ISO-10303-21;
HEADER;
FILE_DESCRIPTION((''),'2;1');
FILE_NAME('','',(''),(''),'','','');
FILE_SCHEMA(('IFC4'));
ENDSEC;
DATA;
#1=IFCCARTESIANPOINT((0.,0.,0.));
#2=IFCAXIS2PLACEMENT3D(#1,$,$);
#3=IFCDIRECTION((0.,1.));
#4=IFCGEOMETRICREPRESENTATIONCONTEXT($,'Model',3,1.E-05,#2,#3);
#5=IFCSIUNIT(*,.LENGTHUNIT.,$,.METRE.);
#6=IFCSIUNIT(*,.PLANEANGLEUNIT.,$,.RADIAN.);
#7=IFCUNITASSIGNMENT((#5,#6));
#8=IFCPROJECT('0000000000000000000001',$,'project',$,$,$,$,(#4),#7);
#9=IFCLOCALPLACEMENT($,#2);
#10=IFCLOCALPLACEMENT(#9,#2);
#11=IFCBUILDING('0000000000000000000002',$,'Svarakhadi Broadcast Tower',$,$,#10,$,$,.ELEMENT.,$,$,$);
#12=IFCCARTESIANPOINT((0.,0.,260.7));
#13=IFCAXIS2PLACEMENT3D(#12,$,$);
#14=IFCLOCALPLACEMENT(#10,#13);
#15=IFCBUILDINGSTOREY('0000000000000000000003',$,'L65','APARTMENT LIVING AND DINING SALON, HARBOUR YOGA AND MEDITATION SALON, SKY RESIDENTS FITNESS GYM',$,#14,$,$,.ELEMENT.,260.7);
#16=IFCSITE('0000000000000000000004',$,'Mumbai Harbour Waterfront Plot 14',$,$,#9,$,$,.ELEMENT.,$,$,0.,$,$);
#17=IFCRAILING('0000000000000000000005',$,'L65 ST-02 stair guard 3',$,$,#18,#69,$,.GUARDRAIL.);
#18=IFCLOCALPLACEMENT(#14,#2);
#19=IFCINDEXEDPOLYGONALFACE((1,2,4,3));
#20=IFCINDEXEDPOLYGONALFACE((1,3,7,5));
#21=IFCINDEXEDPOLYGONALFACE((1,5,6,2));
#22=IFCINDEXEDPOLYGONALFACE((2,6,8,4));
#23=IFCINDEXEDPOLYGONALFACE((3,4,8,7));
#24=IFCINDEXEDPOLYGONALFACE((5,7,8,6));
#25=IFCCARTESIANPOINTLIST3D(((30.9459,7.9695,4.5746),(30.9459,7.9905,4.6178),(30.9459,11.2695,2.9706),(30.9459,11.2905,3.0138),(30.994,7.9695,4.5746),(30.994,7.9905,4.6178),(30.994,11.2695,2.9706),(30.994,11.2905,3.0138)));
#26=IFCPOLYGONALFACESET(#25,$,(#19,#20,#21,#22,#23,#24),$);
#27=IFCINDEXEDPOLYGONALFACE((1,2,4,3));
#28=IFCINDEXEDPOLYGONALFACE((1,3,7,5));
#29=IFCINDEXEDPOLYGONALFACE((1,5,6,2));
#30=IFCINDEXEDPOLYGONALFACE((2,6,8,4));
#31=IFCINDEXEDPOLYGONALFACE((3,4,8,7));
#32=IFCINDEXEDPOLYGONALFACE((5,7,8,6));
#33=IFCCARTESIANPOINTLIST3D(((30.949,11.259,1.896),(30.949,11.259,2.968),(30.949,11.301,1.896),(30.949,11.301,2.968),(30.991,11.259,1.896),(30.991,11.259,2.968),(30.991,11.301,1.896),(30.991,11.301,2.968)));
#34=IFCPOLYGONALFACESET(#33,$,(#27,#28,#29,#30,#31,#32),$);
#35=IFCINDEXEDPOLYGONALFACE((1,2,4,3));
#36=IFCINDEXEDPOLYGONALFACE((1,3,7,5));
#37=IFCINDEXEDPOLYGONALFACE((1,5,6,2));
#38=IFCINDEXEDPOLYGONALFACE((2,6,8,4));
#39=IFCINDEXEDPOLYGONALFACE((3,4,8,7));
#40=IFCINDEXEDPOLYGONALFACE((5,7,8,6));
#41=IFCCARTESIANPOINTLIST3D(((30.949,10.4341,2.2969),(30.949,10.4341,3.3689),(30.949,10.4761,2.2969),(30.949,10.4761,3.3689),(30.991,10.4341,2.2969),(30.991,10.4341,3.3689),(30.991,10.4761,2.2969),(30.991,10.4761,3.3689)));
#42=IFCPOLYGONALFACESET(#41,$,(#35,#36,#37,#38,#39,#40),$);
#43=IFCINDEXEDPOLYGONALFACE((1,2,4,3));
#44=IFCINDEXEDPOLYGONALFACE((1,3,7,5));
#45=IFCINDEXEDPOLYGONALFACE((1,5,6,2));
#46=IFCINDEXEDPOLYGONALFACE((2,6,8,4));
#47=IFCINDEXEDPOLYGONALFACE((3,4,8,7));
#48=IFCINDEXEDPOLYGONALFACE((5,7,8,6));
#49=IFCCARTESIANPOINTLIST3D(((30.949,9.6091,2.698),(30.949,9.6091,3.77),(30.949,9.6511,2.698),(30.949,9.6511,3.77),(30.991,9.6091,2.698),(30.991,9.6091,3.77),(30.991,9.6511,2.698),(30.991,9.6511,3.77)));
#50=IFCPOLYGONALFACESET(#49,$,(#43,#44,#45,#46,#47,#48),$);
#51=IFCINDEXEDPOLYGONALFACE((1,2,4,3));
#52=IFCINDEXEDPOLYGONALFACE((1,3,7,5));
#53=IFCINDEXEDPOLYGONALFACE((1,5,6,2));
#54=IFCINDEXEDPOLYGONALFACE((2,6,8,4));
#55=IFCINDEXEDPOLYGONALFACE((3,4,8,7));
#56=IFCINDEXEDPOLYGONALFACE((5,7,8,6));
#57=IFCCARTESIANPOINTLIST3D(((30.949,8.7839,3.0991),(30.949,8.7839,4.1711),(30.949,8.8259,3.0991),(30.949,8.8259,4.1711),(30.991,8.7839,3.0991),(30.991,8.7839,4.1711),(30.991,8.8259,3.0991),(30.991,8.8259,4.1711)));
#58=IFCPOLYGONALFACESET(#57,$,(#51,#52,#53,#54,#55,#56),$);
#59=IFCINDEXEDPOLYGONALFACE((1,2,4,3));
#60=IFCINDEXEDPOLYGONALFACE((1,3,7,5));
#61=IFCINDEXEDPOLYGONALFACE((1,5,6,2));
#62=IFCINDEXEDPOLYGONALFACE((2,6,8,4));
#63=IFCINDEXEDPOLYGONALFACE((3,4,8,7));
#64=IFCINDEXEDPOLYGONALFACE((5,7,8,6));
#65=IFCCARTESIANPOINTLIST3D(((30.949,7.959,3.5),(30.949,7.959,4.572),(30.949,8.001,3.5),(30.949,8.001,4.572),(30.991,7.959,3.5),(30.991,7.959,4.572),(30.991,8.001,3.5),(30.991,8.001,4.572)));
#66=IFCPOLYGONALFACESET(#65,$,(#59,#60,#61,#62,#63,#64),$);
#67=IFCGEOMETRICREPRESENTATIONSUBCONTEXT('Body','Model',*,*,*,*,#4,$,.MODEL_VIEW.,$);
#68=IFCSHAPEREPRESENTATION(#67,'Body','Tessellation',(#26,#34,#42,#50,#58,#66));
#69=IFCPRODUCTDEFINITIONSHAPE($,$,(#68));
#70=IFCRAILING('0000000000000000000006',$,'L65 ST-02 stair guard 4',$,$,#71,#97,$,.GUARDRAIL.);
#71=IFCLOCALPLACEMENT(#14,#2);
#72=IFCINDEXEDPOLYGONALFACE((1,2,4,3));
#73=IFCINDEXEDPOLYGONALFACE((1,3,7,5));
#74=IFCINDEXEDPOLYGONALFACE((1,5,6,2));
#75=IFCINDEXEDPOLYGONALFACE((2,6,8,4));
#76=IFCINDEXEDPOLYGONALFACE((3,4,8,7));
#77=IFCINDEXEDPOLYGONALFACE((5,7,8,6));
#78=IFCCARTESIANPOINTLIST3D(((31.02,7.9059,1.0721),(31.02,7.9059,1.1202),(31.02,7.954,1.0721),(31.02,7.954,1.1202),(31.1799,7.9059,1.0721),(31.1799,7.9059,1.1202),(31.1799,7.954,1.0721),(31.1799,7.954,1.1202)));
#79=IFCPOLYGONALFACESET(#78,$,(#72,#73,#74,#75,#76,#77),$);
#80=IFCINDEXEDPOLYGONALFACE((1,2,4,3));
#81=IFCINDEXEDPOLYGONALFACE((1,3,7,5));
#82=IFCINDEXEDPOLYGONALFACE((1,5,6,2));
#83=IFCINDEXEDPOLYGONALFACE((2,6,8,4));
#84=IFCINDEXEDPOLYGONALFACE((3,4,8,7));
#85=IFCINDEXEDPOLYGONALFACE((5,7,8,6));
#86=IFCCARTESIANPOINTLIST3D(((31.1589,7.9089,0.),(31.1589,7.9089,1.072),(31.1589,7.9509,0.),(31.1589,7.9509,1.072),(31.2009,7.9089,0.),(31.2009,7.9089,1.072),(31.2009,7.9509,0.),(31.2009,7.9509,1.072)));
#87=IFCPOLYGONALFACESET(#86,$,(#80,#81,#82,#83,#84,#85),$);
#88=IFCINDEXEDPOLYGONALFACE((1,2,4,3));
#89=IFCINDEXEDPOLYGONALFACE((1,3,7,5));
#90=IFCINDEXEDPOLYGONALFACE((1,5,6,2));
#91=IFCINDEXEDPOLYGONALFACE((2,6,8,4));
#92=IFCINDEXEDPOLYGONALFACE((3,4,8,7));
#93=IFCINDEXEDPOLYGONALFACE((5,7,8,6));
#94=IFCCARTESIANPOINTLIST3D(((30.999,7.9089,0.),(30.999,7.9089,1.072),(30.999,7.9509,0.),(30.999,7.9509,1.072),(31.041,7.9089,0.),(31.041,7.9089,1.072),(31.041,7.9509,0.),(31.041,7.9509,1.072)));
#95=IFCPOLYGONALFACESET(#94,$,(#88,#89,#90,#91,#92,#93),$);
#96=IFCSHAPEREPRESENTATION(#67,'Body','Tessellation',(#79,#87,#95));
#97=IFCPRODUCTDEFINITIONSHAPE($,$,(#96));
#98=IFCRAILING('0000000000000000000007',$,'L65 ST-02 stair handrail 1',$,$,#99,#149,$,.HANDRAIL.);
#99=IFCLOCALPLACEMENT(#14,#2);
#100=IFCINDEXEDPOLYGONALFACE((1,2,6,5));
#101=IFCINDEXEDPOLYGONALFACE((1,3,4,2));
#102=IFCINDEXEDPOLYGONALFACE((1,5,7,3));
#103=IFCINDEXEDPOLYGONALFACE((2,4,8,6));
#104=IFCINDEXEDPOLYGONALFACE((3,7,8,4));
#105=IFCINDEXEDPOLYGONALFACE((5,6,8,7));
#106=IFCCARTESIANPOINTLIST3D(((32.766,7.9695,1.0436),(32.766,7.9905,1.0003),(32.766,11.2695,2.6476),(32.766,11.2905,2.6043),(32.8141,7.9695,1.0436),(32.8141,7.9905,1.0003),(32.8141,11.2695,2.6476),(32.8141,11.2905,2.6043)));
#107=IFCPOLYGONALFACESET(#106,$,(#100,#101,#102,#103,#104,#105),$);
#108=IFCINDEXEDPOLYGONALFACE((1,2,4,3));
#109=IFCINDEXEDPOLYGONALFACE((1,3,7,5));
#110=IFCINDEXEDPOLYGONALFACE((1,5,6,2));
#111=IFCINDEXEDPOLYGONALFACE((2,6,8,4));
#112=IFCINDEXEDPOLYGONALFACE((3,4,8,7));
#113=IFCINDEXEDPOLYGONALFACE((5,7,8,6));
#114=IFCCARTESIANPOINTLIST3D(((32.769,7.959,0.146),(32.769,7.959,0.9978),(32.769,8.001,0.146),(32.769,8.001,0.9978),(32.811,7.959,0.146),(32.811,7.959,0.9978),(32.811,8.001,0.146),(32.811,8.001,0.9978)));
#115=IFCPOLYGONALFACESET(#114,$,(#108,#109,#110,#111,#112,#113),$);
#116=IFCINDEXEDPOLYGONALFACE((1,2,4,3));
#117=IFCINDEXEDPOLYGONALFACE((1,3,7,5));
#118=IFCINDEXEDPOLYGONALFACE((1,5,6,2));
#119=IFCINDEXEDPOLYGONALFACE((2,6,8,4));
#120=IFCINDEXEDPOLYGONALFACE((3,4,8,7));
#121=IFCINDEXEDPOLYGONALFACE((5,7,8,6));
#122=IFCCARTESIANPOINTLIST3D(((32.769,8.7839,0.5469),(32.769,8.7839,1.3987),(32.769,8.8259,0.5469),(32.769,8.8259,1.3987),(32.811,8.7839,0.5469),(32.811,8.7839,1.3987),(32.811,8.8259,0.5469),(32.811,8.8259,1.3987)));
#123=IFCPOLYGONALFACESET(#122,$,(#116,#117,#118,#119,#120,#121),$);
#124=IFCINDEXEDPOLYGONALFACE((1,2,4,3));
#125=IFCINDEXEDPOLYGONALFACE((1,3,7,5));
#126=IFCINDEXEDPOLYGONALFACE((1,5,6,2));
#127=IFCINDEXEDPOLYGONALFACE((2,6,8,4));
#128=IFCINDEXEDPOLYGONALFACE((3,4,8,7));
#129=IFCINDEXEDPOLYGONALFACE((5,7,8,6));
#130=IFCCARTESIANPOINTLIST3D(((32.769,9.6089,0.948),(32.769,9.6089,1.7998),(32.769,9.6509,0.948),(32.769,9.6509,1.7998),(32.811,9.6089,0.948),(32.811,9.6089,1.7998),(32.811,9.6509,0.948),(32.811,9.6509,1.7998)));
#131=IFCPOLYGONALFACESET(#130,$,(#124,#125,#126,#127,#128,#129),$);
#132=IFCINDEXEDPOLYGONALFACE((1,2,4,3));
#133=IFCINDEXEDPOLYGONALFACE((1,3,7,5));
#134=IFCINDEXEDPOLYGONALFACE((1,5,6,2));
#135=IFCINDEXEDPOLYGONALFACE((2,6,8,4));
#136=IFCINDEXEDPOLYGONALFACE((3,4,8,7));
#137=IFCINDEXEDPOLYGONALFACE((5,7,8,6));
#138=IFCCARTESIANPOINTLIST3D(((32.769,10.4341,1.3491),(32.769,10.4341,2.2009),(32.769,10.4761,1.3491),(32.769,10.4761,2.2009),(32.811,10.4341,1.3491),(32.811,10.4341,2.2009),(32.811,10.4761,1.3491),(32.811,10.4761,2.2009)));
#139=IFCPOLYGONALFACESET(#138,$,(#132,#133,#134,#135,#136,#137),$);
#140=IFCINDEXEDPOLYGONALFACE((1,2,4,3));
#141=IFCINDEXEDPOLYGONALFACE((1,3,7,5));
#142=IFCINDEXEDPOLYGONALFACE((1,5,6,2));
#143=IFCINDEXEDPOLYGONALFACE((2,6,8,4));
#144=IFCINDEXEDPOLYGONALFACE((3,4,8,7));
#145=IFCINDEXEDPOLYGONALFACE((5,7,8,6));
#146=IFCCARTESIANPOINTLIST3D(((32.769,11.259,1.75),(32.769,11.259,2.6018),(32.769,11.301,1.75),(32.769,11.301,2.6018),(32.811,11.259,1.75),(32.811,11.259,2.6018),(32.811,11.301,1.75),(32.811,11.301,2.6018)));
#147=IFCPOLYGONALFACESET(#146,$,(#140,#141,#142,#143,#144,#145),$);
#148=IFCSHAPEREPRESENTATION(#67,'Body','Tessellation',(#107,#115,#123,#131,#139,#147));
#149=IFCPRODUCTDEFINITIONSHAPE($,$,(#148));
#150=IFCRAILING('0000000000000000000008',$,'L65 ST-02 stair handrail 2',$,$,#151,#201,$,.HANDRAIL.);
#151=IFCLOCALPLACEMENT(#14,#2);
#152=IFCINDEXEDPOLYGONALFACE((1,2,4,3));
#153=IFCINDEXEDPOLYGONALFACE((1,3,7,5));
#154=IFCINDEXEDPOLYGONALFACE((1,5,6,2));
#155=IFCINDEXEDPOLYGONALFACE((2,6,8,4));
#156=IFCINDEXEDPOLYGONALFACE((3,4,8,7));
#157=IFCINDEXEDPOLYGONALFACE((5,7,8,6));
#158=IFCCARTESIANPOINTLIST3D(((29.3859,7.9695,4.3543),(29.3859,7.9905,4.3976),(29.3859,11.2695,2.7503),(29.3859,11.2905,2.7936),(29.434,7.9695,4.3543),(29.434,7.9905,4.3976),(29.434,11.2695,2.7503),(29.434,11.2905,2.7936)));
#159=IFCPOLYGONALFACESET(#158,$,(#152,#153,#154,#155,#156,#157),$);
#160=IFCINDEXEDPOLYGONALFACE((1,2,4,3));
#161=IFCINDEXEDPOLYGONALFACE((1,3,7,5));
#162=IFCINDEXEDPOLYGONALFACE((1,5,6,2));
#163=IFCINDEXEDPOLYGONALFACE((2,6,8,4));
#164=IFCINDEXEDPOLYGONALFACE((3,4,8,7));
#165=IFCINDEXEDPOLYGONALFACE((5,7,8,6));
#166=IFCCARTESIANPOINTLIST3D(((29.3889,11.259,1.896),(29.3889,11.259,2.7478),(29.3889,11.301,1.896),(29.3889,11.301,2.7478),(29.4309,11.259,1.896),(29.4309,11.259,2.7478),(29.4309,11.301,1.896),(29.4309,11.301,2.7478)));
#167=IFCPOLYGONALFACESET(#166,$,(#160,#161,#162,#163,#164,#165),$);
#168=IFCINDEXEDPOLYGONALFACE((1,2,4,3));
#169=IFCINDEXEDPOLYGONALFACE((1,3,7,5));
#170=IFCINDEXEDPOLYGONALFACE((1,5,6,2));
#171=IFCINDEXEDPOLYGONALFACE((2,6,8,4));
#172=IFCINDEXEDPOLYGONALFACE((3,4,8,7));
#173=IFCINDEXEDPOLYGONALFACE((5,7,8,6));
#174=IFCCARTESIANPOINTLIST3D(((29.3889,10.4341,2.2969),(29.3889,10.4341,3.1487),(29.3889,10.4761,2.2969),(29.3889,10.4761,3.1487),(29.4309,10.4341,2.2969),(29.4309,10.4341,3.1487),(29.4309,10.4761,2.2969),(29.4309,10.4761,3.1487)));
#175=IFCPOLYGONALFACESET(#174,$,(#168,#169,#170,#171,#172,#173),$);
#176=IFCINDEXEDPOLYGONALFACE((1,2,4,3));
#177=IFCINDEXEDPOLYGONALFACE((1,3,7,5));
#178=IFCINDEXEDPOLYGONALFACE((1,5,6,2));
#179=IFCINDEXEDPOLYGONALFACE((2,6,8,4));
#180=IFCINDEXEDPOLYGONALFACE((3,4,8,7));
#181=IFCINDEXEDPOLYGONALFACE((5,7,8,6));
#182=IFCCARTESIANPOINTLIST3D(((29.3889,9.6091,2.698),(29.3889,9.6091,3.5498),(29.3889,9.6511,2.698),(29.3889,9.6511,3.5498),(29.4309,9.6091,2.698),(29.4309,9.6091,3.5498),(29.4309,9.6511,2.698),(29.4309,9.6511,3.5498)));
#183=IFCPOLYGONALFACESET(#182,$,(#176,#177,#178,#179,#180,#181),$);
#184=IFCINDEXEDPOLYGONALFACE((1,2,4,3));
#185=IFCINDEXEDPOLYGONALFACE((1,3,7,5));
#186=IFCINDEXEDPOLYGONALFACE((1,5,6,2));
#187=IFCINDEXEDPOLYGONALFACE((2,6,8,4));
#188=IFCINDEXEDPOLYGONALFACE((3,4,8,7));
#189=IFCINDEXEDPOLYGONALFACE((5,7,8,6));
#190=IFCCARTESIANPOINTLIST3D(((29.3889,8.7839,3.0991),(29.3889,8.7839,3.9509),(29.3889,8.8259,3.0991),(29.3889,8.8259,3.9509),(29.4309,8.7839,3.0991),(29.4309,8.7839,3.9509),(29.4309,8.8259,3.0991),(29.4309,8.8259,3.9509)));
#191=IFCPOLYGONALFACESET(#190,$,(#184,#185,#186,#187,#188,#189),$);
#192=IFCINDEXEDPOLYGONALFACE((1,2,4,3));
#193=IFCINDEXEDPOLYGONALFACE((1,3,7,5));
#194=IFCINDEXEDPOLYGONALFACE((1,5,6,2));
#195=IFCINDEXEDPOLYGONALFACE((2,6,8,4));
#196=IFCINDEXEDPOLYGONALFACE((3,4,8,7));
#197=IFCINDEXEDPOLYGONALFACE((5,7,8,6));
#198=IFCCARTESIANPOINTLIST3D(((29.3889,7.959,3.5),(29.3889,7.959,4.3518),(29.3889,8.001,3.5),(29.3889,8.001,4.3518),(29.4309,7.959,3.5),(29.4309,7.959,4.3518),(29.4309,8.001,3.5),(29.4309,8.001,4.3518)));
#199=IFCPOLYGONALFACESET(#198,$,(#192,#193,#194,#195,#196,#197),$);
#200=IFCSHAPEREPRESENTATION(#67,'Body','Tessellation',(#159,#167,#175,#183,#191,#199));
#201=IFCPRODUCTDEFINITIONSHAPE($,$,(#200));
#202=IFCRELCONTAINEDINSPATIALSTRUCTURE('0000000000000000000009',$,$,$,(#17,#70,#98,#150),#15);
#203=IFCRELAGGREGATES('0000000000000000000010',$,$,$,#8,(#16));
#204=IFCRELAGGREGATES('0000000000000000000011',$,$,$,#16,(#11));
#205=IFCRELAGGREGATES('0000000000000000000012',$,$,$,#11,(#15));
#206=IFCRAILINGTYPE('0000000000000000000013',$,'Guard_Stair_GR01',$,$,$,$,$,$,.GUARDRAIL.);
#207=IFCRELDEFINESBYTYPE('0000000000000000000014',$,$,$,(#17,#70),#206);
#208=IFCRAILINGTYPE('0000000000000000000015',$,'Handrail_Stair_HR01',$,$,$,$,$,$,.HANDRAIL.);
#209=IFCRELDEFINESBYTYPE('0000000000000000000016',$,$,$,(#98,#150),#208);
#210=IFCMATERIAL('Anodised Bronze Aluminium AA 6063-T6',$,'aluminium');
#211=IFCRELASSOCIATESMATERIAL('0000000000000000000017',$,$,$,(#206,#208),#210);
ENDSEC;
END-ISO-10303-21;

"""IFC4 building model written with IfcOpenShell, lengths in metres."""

from ifc_helpers import new_model, si_unit, direction, frame, origin, origin_2d, place, context, subcontext, project, spatial, rectangle, extrude, material, type_object, element, save


model = new_model("IFC4")

# Units and contexts
model_context = context("Model", 3, precision=1e-05, world=origin(), true_north=direction((0.0, 1.0)))
body_context = subcontext(model_context, "Body", "Model", "MODEL_VIEW")
ifc_project = project(units=[si_unit("LENGTHUNIT", "METRE"), si_unit("PLANEANGLEUNIT", "RADIAN")], contexts=[model_context])

# Site, building, storey
site_placement = place(None, origin())
site = spatial("IfcSite", under=ifc_project, at=site_placement, Name="Mumbai Harbour Waterfront Plot 14", CompositionType="ELEMENT", RefElevation=0.0)
building_placement = place(site_placement, origin())
building = spatial("IfcBuilding", under=site, at=building_placement, Name="Svarakhadi Broadcast Tower", CompositionType="ELEMENT")
storey_placement = place(building_placement, frame((0.0, 0.0, 260.7)))
storey = spatial("IfcBuildingStorey", under=building, at=storey_placement, Name="L65", Description="APARTMENT LIVING AND DINING SALON, HARBOUR YOGA AND MEDITATION SALON, SKY RESIDENTS FITNESS GYM", CompositionType="ELEMENT", Elevation=260.7)

# Shared definitions
ifc_material_1 = material(Name="Anodised Bronze Aluminium AA 6063-T6", Category="aluminium")

# Railings
railing_type_1 = type_object("IfcRailingType", Name="Guard_Stair_GR01", PredefinedType="GUARDRAIL", material=ifc_material_1)
railing_1_placement = place(storey_placement, frame((30.97, 11.28, 1.896)))
element("IfcRailing", 1, at=railing_1_placement, inside=storey, type_object=railing_type_1, Name="L65 ST-02 stair guard 3", PredefinedType="GUARDRAIL", context=body_context, shape_type="SweptSolid", body=[
    extrude(rectangle(XDim=0.0481, YDim=0.0481, at=origin_2d()), frame((0.0, 0.0, 1.0962), z_axis=(0.0, -0.899388, 0.437152), x_axis=(1.0, 0.0, 0.0)), (0.0, 0.0, 1.0), 3.6692),
    extrude(rectangle(XDim=0.042, YDim=0.042, at=origin_2d()), origin(), (0.0, 0.0, 1.0), 1.072),
    extrude(rectangle(XDim=0.042, YDim=0.042, at=origin_2d()), frame((0.0, -0.825, 0.4009)), (0.0, 0.0, 1.0), 1.072),
    extrude(rectangle(XDim=0.042, YDim=0.042, at=origin_2d()), frame((0.0, -1.6499, 0.802)), (0.0, 0.0, 1.0), 1.072),
    extrude(rectangle(XDim=0.042, YDim=0.042, at=origin_2d()), frame((0.0, -2.4751, 1.2031)), (0.0, 0.0, 1.0), 1.072),
    extrude(rectangle(XDim=0.042, YDim=0.042, at=origin_2d()), frame((0.0, -3.3, 1.604)), (0.0, 0.0, 1.0), 1.072),
])
railing_2_placement = place(storey_placement, frame((31.1799, 7.9299, 0.0)))
element("IfcRailing", 2, at=railing_2_placement, inside=storey, type_object=railing_type_1, Name="L65 ST-02 stair guard 4", PredefinedType="GUARDRAIL", context=body_context, shape_type="SweptSolid", body=[
    extrude(rectangle(XDim=0.0481, YDim=0.0481, at=origin_2d()), frame((0.0, 0.0, 1.0962), z_axis=(-1.0, 0.0, 0.0), x_axis=(0.0, -1.0, 0.0)), (0.0, 0.0, 1.0), 0.1599),
    extrude(rectangle(XDim=0.042, YDim=0.042, at=origin_2d()), origin(), (0.0, 0.0, 1.0), 1.072),
    extrude(rectangle(XDim=0.042, YDim=0.042, at=origin_2d()), frame((-0.1599, 0.0, 0.0)), (0.0, 0.0, 1.0), 1.072),
])
railing_type_2 = type_object("IfcRailingType", Name="Handrail_Stair_HR01", PredefinedType="HANDRAIL", material=ifc_material_1)
railing_3_placement = place(storey_placement, frame((32.79, 7.98, 0.146)))
element("IfcRailing", 3, at=railing_3_placement, inside=storey, type_object=railing_type_2, Name="L65 ST-02 stair handrail 1", PredefinedType="HANDRAIL", context=body_context, shape_type="SweptSolid", body=[
    extrude(rectangle(XDim=0.0481, YDim=0.0481, at=origin_2d()), frame((0.0, 0.0, 0.876), z_axis=(0.0, 0.899388, 0.437152), x_axis=(-1.0, 0.0, 0.0)), (0.0, 0.0, 1.0), 3.6692),
    extrude(rectangle(XDim=0.042, YDim=0.042, at=origin_2d()), origin(), (0.0, 0.0, 1.0), 0.8518),
    extrude(rectangle(XDim=0.042, YDim=0.042, at=origin_2d()), frame((0.0, 0.825, 0.4009)), (0.0, 0.0, 1.0), 0.8518),
    extrude(rectangle(XDim=0.042, YDim=0.042, at=origin_2d()), frame((0.0, 1.6499, 0.802)), (0.0, 0.0, 1.0), 0.8518),
    extrude(rectangle(XDim=0.042, YDim=0.042, at=origin_2d()), frame((0.0, 2.4751, 1.2031)), (0.0, 0.0, 1.0), 0.8518),
    extrude(rectangle(XDim=0.042, YDim=0.042, at=origin_2d()), frame((0.0, 3.3, 1.604)), (0.0, 0.0, 1.0), 0.8518),
])
railing_4_placement = place(storey_placement, frame((29.4099, 11.28, 1.896)))
element("IfcRailing", 4, at=railing_4_placement, inside=storey, type_object=railing_type_2, Name="L65 ST-02 stair handrail 2", PredefinedType="HANDRAIL", context=body_context, shape_type="SweptSolid", body=[
    extrude(rectangle(XDim=0.0481, YDim=0.0481, at=origin_2d()), frame((0.0, 0.0, 0.876), z_axis=(0.0, -0.899388, 0.437152), x_axis=(1.0, 0.0, 0.0)), (0.0, 0.0, 1.0), 3.6692),
    extrude(rectangle(XDim=0.042, YDim=0.042, at=origin_2d()), origin(), (0.0, 0.0, 1.0), 0.8518),
    extrude(rectangle(XDim=0.042, YDim=0.042, at=origin_2d()), frame((0.0, -0.825, 0.4009)), (0.0, 0.0, 1.0), 0.8518),
    extrude(rectangle(XDim=0.042, YDim=0.042, at=origin_2d()), frame((0.0, -1.6499, 0.802)), (0.0, 0.0, 1.0), 0.8518),
    extrude(rectangle(XDim=0.042, YDim=0.042, at=origin_2d()), frame((0.0, -2.4751, 1.2031)), (0.0, 0.0, 1.0), 0.8518),
    extrude(rectangle(XDim=0.042, YDim=0.042, at=origin_2d()), frame((0.0, -3.3, 1.604)), (0.0, 0.0, 1.0), 0.8518),
])

save(model, "model.ifc")
